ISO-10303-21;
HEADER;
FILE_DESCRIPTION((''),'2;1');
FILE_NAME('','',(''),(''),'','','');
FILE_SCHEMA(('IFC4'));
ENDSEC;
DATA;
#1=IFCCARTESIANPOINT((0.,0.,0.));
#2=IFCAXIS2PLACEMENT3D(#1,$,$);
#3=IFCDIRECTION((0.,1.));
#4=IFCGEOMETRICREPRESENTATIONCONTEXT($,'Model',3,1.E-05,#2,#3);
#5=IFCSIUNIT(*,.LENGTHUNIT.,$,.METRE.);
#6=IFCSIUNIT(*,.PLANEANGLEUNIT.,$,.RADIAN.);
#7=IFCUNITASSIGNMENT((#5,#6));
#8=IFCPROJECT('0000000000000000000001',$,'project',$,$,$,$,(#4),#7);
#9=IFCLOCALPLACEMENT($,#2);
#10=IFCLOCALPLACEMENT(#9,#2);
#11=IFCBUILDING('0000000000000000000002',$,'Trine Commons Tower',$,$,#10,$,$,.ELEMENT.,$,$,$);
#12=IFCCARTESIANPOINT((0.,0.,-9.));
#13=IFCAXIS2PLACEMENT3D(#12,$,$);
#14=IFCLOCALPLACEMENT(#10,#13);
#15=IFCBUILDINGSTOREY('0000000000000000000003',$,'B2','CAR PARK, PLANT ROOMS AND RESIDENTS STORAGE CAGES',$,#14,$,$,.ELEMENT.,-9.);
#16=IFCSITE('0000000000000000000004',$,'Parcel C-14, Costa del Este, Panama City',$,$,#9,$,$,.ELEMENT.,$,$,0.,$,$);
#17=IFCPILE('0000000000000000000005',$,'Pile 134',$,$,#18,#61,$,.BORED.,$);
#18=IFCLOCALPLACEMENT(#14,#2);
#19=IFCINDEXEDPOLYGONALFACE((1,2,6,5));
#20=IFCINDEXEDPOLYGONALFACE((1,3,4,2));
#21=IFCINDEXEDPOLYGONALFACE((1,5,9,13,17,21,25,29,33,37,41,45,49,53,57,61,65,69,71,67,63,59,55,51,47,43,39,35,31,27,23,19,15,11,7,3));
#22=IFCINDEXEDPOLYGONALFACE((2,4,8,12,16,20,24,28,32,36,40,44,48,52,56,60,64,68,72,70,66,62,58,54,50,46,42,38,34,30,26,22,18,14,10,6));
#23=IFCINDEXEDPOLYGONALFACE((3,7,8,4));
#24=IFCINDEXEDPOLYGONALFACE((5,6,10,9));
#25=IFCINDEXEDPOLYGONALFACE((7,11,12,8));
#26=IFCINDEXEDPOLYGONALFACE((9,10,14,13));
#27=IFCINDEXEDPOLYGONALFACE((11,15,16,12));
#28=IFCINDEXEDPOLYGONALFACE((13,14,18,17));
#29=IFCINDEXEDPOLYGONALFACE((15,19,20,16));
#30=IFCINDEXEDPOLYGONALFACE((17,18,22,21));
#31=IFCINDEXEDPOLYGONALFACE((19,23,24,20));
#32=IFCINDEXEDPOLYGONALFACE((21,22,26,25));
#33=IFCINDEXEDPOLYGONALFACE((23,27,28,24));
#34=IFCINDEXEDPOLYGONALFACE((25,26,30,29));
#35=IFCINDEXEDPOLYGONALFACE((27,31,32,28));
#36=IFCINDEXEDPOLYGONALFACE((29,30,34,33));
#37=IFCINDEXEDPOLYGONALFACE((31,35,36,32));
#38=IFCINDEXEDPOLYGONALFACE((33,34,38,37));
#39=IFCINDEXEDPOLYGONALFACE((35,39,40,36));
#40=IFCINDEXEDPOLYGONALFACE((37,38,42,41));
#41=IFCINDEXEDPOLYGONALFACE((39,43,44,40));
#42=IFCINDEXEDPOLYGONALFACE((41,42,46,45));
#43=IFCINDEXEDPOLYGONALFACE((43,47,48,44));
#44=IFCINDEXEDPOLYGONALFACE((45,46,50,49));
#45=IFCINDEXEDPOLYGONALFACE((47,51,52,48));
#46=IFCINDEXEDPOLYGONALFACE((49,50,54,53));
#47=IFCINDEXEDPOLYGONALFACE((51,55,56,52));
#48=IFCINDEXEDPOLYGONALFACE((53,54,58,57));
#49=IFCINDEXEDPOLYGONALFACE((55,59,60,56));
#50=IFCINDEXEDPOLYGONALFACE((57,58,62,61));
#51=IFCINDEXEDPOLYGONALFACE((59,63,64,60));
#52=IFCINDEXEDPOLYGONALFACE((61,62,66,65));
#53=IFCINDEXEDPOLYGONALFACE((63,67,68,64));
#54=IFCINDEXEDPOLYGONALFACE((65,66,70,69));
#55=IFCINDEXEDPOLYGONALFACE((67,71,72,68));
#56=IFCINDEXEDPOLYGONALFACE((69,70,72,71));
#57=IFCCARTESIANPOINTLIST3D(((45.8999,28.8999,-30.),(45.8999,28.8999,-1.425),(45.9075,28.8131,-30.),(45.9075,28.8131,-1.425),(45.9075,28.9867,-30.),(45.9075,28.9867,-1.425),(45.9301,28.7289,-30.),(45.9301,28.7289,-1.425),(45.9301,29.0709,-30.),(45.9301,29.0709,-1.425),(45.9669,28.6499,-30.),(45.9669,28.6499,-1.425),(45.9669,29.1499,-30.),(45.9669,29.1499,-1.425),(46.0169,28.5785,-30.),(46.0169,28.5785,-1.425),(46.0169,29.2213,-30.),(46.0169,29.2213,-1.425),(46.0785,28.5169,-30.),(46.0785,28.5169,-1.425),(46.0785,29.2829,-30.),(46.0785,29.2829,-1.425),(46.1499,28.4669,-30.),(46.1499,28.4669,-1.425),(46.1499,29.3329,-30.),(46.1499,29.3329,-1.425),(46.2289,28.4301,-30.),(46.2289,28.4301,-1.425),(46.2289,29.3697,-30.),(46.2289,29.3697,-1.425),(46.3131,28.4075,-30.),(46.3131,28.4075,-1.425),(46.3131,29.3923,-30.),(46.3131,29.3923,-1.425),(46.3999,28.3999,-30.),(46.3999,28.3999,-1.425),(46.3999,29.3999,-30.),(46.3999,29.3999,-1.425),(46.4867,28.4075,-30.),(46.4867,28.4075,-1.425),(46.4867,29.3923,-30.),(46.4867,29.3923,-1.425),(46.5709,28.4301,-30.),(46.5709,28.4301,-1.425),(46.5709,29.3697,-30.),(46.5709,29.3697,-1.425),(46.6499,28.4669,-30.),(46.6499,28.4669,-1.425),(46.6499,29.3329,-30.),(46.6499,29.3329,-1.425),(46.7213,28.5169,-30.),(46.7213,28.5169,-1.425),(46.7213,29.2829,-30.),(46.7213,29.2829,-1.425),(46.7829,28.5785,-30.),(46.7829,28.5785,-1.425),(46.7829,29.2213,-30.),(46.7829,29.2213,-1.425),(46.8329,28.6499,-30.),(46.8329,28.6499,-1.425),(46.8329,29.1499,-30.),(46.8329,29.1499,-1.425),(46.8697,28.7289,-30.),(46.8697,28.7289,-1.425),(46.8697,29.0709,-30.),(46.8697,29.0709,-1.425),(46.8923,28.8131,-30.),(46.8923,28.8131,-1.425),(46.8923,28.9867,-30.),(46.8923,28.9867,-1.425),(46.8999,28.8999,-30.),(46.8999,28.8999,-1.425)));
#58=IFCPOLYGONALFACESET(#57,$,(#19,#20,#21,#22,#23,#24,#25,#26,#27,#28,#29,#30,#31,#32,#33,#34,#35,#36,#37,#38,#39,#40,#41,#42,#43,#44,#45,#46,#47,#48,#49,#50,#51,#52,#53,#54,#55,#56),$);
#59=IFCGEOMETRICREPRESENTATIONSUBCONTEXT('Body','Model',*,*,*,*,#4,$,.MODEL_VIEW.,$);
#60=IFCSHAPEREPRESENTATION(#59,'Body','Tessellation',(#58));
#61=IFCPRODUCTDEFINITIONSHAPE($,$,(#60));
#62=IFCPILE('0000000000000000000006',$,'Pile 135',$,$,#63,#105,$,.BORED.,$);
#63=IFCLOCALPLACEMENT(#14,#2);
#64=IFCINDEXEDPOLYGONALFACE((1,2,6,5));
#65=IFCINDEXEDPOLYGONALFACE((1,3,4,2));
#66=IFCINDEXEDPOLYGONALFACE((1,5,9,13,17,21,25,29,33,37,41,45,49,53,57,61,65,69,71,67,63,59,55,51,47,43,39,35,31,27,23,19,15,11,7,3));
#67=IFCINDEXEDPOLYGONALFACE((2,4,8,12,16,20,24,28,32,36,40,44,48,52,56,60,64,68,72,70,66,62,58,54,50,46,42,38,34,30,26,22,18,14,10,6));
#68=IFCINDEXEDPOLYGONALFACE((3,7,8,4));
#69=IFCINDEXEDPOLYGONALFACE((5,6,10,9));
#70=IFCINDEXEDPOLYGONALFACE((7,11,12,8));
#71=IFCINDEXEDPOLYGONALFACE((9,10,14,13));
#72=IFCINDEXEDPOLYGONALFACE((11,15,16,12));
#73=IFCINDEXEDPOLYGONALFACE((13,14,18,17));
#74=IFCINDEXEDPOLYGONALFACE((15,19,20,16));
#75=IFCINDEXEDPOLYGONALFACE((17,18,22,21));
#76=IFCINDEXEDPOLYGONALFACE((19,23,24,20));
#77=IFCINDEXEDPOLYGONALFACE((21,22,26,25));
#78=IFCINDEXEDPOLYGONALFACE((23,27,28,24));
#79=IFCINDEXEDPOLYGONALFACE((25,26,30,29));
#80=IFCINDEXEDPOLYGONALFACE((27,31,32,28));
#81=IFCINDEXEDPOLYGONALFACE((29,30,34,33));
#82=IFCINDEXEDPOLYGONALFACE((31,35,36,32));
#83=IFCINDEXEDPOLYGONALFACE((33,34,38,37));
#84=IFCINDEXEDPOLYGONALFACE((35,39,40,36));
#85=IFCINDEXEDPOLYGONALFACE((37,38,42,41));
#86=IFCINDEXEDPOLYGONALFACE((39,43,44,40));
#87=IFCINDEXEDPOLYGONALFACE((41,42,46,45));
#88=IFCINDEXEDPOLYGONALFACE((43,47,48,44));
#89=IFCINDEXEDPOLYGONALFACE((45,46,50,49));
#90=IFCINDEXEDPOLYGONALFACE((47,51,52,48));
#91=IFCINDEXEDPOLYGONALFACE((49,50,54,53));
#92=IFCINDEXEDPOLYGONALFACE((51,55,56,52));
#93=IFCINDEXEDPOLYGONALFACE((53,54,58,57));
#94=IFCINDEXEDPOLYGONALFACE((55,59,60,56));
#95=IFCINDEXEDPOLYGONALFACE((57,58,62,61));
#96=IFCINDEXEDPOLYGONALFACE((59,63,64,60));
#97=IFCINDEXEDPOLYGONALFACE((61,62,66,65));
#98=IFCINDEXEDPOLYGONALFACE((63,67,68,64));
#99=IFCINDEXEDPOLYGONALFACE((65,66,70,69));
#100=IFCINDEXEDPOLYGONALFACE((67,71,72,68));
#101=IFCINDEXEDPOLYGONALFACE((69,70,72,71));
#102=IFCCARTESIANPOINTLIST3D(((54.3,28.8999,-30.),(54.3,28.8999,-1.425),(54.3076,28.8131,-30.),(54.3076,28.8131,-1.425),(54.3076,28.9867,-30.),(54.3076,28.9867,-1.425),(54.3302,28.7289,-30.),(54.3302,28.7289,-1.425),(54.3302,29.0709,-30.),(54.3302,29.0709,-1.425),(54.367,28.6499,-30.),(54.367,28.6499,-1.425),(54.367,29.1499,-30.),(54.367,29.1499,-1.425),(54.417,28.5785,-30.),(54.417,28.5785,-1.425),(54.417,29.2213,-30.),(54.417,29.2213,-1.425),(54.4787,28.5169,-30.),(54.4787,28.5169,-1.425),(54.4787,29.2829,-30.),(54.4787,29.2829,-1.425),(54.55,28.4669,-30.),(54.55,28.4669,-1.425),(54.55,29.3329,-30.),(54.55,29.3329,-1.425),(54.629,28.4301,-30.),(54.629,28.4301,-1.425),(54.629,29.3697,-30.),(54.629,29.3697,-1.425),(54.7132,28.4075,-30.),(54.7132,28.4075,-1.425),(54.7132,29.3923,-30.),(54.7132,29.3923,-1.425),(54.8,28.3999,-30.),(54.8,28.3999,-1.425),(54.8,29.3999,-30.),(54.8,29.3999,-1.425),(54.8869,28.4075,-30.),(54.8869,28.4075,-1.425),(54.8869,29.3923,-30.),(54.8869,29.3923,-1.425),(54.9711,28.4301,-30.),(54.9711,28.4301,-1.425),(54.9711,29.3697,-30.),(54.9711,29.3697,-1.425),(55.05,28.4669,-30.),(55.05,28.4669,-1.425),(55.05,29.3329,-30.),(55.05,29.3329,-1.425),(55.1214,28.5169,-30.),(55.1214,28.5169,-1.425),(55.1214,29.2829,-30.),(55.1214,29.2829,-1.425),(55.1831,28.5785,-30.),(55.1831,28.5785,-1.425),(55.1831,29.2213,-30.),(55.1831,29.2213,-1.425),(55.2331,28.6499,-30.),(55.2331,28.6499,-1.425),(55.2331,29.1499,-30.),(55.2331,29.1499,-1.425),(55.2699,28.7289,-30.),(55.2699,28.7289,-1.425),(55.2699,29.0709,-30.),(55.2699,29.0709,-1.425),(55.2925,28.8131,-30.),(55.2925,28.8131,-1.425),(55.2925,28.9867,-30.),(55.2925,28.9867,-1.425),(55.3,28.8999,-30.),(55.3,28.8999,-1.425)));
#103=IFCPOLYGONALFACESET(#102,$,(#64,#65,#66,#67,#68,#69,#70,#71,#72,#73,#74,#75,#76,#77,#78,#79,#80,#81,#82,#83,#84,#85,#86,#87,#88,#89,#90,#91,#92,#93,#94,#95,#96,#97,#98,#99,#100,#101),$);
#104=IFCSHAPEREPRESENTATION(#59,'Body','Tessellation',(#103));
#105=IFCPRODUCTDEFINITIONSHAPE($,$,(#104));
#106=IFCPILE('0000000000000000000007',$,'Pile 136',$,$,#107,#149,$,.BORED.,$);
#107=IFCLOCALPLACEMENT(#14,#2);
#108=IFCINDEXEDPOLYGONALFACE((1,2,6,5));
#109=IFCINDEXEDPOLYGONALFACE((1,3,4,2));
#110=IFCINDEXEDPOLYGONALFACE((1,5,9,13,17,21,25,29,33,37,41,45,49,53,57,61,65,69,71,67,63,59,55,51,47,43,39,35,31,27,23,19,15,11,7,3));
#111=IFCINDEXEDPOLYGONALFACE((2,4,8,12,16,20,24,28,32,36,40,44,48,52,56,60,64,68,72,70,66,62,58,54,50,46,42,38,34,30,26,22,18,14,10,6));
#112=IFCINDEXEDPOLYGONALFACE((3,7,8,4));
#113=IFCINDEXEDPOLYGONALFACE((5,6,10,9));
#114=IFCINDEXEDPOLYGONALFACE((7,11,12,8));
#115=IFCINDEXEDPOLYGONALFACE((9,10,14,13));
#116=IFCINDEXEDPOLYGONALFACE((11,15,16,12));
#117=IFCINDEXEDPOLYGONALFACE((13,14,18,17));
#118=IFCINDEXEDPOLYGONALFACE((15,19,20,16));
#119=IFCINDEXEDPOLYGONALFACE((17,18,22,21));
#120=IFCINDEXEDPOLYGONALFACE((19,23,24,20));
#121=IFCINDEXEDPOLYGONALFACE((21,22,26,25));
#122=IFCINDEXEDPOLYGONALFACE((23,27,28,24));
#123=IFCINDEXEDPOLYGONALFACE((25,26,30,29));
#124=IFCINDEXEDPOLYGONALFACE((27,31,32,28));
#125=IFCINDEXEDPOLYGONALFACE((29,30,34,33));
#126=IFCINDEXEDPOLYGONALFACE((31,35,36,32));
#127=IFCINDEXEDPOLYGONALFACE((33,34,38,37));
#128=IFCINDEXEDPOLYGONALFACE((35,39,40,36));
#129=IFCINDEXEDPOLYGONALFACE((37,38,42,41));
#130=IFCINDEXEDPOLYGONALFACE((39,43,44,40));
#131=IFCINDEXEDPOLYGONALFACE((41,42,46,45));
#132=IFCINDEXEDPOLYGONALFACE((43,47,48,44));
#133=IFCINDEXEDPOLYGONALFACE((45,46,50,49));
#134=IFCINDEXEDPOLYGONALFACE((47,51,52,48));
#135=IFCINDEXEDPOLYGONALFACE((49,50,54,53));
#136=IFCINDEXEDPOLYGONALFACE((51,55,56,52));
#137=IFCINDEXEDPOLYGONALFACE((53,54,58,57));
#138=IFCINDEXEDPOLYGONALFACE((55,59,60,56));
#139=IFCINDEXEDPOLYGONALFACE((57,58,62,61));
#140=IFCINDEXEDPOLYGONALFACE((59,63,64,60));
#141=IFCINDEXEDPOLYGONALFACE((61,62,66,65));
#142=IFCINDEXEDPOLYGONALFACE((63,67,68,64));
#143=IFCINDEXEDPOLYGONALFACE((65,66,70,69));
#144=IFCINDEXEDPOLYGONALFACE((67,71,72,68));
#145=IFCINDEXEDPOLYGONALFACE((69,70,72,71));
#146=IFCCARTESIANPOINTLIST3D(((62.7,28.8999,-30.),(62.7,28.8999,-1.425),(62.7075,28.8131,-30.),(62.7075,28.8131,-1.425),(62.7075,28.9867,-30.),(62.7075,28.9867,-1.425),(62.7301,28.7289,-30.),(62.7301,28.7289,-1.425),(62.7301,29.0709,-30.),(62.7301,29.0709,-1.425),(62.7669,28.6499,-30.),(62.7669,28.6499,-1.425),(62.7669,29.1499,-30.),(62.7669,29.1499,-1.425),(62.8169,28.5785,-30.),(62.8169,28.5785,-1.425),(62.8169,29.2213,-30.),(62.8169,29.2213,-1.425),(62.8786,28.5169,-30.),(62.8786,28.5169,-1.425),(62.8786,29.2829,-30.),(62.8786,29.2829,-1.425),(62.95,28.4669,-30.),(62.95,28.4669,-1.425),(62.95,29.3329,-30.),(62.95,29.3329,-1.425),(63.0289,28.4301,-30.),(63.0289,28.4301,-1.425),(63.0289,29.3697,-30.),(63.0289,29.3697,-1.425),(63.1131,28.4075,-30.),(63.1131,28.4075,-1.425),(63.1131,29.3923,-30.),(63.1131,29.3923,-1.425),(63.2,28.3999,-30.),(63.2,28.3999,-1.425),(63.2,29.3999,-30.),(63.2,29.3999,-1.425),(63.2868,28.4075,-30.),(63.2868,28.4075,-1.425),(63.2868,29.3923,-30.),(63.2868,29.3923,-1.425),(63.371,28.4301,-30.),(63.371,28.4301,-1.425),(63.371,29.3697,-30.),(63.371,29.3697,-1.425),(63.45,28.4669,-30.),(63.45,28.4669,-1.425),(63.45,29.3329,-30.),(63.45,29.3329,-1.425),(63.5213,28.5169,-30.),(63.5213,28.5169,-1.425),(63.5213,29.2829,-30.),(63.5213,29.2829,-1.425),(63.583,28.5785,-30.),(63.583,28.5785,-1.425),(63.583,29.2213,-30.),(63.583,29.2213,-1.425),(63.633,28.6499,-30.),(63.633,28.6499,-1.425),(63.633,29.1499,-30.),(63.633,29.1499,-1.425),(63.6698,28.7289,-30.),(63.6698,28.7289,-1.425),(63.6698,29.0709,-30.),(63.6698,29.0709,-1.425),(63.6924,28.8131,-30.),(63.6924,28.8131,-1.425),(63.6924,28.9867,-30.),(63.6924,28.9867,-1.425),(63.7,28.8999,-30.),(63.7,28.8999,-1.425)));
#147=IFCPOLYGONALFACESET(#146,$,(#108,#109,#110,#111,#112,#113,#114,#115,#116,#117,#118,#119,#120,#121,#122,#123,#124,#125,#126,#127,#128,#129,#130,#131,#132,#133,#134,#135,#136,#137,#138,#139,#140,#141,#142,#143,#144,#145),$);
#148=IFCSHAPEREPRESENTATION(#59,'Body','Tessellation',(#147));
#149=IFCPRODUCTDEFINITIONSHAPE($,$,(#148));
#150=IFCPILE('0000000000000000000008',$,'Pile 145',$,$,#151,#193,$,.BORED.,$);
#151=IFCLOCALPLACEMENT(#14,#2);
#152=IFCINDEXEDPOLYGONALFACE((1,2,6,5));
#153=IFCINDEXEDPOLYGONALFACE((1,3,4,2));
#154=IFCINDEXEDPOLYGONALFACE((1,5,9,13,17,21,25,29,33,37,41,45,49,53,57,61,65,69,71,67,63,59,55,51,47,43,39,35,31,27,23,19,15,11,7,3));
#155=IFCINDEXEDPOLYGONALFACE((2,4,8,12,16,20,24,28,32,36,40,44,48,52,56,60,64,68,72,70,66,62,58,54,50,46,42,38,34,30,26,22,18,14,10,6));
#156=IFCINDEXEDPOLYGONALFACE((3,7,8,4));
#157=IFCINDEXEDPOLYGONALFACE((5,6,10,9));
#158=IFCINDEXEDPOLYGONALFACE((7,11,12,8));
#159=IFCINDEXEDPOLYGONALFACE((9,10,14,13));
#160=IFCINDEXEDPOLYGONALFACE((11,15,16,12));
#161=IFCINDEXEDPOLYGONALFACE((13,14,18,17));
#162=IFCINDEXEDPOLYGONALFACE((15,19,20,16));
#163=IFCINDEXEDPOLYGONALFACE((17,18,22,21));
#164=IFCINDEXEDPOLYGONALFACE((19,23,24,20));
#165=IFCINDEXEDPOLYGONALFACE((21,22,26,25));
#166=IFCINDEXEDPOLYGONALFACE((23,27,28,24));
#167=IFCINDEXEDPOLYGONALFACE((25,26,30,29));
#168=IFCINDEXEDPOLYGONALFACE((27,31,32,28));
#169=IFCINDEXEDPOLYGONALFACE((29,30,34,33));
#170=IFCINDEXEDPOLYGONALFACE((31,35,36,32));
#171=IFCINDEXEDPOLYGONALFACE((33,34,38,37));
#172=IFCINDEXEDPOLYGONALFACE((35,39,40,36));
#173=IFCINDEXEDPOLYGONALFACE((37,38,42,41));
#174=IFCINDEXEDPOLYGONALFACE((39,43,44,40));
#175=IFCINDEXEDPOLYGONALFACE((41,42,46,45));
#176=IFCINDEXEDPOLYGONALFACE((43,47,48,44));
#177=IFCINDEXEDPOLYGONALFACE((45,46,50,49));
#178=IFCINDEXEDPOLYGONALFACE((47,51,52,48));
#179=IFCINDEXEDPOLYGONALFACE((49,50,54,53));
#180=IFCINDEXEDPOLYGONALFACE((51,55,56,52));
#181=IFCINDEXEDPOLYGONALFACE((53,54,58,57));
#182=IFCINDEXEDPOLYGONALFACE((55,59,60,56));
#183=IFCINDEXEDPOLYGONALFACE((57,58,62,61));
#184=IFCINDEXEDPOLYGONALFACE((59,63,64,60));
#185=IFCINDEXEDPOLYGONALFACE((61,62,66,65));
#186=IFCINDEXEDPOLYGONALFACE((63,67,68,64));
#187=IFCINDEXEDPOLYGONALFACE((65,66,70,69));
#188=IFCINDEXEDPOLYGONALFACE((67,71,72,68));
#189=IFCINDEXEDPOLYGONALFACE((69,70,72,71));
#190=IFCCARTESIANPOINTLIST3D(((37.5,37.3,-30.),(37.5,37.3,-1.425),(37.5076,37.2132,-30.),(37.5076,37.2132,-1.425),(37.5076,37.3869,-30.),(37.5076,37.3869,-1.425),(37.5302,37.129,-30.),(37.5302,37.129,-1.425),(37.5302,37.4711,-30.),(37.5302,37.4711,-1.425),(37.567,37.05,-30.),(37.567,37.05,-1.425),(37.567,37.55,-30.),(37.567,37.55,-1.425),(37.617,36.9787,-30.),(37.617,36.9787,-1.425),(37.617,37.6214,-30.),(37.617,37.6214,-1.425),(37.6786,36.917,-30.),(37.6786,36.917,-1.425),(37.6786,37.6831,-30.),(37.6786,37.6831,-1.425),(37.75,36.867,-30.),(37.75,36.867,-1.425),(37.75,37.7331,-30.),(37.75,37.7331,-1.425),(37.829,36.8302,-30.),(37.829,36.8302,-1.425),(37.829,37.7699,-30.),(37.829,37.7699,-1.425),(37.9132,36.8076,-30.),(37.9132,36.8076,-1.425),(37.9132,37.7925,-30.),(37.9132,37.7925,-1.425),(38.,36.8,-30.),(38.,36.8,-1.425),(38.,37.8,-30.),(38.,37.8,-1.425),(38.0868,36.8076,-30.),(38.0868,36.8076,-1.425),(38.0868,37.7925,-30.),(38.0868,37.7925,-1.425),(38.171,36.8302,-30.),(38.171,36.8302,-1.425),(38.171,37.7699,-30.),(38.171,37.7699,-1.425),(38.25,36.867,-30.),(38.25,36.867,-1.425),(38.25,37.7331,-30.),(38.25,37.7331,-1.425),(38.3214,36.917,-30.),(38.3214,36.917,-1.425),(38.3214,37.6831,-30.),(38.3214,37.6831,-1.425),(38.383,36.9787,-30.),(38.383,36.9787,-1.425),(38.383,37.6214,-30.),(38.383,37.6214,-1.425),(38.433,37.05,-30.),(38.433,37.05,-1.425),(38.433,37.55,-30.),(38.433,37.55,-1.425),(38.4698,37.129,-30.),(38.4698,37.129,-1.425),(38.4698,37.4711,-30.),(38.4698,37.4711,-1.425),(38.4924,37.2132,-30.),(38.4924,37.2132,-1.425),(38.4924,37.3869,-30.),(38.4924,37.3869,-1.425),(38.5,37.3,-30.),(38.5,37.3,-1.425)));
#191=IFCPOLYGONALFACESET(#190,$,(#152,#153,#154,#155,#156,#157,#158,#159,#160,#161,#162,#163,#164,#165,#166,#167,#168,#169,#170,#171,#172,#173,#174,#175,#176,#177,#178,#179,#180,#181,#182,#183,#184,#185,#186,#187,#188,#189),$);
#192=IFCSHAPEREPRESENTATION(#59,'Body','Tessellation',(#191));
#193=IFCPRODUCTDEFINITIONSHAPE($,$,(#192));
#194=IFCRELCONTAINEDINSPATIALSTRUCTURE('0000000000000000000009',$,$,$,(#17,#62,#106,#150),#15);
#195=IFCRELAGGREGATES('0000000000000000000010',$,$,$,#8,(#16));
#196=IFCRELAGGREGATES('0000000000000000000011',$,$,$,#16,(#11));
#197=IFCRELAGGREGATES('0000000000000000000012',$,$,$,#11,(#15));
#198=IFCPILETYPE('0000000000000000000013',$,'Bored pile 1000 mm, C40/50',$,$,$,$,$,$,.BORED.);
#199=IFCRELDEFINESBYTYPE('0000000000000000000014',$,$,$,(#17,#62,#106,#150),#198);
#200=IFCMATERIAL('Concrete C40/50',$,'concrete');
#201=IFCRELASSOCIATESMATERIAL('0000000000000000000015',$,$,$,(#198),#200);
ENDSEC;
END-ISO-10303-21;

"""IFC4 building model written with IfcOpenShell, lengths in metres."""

from ifc_helpers import new_model, si_unit, direction, frame, origin, origin_2d, place, context, subcontext, project, spatial, circle, extrude, material, type_object, element, save


model = new_model("IFC4")

# Units and contexts
model_context = context("Model", 3, precision=1e-05, world=origin(), true_north=direction((0.0, 1.0)))
body_context = subcontext(model_context, "Body", "Model", "MODEL_VIEW")
ifc_project = project(units=[si_unit("LENGTHUNIT", "METRE"), si_unit("PLANEANGLEUNIT", "RADIAN")], contexts=[model_context])

# Site, building, storey
site_placement = place(None, origin())
site = spatial("IfcSite", under=ifc_project, at=site_placement, Name="Parcel C-14, Costa del Este, Panama City", CompositionType="ELEMENT", RefElevation=0.0)
building_placement = place(site_placement, origin())
building = spatial("IfcBuilding", under=site, at=building_placement, Name="Trine Commons Tower", CompositionType="ELEMENT")
storey_placement = place(building_placement, frame((0.0, 0.0, -9.0)))
storey = spatial("IfcBuildingStorey", under=building, at=storey_placement, Name="B2", Description="CAR PARK, PLANT ROOMS AND RESIDENTS STORAGE CAGES", CompositionType="ELEMENT", Elevation=-9.0)

# Piles
ifc_material_1 = material(Name="Concrete C40/50", Category="concrete")
pile_type_1 = type_object("IfcPileType", Name="Bored pile 1000 mm, C40/50", PredefinedType="BORED", material=ifc_material_1)
for number, where, z_axis, x_axis, name in (
    (1, (46.3999, 28.8999, -1.425), (0.0, 0.0, -1.0), (1.0, 0.0, 0.0), "Pile 134"),
    (2, (54.8, 28.8999, -1.425), (0.0, 0.0, -1.0), (1.0, 0.0, 0.0), "Pile 135"),
    (3, (63.2, 28.8999, -1.425), (0.0, 0.0, -1.0), (1.0, 0.0, 0.0), "Pile 136"),
    (4, (38.0, 37.3, -1.425), (0.0, 0.0, -1.0), (1.0, 0.0, 0.0), "Pile 145"),
):
    element("IfcPile", number, at=place(storey_placement, frame(where, z_axis=z_axis, x_axis=x_axis)), inside=storey, type_object=pile_type_1, Name=name, PredefinedType="BORED", context=body_context, shape_type="SweptSolid", body=[
        extrude(circle(Radius=0.5, at=origin_2d()), origin(), (0.0, 0.0, 1.0), 28.575),
    ])

save(model, "model.ifc")
